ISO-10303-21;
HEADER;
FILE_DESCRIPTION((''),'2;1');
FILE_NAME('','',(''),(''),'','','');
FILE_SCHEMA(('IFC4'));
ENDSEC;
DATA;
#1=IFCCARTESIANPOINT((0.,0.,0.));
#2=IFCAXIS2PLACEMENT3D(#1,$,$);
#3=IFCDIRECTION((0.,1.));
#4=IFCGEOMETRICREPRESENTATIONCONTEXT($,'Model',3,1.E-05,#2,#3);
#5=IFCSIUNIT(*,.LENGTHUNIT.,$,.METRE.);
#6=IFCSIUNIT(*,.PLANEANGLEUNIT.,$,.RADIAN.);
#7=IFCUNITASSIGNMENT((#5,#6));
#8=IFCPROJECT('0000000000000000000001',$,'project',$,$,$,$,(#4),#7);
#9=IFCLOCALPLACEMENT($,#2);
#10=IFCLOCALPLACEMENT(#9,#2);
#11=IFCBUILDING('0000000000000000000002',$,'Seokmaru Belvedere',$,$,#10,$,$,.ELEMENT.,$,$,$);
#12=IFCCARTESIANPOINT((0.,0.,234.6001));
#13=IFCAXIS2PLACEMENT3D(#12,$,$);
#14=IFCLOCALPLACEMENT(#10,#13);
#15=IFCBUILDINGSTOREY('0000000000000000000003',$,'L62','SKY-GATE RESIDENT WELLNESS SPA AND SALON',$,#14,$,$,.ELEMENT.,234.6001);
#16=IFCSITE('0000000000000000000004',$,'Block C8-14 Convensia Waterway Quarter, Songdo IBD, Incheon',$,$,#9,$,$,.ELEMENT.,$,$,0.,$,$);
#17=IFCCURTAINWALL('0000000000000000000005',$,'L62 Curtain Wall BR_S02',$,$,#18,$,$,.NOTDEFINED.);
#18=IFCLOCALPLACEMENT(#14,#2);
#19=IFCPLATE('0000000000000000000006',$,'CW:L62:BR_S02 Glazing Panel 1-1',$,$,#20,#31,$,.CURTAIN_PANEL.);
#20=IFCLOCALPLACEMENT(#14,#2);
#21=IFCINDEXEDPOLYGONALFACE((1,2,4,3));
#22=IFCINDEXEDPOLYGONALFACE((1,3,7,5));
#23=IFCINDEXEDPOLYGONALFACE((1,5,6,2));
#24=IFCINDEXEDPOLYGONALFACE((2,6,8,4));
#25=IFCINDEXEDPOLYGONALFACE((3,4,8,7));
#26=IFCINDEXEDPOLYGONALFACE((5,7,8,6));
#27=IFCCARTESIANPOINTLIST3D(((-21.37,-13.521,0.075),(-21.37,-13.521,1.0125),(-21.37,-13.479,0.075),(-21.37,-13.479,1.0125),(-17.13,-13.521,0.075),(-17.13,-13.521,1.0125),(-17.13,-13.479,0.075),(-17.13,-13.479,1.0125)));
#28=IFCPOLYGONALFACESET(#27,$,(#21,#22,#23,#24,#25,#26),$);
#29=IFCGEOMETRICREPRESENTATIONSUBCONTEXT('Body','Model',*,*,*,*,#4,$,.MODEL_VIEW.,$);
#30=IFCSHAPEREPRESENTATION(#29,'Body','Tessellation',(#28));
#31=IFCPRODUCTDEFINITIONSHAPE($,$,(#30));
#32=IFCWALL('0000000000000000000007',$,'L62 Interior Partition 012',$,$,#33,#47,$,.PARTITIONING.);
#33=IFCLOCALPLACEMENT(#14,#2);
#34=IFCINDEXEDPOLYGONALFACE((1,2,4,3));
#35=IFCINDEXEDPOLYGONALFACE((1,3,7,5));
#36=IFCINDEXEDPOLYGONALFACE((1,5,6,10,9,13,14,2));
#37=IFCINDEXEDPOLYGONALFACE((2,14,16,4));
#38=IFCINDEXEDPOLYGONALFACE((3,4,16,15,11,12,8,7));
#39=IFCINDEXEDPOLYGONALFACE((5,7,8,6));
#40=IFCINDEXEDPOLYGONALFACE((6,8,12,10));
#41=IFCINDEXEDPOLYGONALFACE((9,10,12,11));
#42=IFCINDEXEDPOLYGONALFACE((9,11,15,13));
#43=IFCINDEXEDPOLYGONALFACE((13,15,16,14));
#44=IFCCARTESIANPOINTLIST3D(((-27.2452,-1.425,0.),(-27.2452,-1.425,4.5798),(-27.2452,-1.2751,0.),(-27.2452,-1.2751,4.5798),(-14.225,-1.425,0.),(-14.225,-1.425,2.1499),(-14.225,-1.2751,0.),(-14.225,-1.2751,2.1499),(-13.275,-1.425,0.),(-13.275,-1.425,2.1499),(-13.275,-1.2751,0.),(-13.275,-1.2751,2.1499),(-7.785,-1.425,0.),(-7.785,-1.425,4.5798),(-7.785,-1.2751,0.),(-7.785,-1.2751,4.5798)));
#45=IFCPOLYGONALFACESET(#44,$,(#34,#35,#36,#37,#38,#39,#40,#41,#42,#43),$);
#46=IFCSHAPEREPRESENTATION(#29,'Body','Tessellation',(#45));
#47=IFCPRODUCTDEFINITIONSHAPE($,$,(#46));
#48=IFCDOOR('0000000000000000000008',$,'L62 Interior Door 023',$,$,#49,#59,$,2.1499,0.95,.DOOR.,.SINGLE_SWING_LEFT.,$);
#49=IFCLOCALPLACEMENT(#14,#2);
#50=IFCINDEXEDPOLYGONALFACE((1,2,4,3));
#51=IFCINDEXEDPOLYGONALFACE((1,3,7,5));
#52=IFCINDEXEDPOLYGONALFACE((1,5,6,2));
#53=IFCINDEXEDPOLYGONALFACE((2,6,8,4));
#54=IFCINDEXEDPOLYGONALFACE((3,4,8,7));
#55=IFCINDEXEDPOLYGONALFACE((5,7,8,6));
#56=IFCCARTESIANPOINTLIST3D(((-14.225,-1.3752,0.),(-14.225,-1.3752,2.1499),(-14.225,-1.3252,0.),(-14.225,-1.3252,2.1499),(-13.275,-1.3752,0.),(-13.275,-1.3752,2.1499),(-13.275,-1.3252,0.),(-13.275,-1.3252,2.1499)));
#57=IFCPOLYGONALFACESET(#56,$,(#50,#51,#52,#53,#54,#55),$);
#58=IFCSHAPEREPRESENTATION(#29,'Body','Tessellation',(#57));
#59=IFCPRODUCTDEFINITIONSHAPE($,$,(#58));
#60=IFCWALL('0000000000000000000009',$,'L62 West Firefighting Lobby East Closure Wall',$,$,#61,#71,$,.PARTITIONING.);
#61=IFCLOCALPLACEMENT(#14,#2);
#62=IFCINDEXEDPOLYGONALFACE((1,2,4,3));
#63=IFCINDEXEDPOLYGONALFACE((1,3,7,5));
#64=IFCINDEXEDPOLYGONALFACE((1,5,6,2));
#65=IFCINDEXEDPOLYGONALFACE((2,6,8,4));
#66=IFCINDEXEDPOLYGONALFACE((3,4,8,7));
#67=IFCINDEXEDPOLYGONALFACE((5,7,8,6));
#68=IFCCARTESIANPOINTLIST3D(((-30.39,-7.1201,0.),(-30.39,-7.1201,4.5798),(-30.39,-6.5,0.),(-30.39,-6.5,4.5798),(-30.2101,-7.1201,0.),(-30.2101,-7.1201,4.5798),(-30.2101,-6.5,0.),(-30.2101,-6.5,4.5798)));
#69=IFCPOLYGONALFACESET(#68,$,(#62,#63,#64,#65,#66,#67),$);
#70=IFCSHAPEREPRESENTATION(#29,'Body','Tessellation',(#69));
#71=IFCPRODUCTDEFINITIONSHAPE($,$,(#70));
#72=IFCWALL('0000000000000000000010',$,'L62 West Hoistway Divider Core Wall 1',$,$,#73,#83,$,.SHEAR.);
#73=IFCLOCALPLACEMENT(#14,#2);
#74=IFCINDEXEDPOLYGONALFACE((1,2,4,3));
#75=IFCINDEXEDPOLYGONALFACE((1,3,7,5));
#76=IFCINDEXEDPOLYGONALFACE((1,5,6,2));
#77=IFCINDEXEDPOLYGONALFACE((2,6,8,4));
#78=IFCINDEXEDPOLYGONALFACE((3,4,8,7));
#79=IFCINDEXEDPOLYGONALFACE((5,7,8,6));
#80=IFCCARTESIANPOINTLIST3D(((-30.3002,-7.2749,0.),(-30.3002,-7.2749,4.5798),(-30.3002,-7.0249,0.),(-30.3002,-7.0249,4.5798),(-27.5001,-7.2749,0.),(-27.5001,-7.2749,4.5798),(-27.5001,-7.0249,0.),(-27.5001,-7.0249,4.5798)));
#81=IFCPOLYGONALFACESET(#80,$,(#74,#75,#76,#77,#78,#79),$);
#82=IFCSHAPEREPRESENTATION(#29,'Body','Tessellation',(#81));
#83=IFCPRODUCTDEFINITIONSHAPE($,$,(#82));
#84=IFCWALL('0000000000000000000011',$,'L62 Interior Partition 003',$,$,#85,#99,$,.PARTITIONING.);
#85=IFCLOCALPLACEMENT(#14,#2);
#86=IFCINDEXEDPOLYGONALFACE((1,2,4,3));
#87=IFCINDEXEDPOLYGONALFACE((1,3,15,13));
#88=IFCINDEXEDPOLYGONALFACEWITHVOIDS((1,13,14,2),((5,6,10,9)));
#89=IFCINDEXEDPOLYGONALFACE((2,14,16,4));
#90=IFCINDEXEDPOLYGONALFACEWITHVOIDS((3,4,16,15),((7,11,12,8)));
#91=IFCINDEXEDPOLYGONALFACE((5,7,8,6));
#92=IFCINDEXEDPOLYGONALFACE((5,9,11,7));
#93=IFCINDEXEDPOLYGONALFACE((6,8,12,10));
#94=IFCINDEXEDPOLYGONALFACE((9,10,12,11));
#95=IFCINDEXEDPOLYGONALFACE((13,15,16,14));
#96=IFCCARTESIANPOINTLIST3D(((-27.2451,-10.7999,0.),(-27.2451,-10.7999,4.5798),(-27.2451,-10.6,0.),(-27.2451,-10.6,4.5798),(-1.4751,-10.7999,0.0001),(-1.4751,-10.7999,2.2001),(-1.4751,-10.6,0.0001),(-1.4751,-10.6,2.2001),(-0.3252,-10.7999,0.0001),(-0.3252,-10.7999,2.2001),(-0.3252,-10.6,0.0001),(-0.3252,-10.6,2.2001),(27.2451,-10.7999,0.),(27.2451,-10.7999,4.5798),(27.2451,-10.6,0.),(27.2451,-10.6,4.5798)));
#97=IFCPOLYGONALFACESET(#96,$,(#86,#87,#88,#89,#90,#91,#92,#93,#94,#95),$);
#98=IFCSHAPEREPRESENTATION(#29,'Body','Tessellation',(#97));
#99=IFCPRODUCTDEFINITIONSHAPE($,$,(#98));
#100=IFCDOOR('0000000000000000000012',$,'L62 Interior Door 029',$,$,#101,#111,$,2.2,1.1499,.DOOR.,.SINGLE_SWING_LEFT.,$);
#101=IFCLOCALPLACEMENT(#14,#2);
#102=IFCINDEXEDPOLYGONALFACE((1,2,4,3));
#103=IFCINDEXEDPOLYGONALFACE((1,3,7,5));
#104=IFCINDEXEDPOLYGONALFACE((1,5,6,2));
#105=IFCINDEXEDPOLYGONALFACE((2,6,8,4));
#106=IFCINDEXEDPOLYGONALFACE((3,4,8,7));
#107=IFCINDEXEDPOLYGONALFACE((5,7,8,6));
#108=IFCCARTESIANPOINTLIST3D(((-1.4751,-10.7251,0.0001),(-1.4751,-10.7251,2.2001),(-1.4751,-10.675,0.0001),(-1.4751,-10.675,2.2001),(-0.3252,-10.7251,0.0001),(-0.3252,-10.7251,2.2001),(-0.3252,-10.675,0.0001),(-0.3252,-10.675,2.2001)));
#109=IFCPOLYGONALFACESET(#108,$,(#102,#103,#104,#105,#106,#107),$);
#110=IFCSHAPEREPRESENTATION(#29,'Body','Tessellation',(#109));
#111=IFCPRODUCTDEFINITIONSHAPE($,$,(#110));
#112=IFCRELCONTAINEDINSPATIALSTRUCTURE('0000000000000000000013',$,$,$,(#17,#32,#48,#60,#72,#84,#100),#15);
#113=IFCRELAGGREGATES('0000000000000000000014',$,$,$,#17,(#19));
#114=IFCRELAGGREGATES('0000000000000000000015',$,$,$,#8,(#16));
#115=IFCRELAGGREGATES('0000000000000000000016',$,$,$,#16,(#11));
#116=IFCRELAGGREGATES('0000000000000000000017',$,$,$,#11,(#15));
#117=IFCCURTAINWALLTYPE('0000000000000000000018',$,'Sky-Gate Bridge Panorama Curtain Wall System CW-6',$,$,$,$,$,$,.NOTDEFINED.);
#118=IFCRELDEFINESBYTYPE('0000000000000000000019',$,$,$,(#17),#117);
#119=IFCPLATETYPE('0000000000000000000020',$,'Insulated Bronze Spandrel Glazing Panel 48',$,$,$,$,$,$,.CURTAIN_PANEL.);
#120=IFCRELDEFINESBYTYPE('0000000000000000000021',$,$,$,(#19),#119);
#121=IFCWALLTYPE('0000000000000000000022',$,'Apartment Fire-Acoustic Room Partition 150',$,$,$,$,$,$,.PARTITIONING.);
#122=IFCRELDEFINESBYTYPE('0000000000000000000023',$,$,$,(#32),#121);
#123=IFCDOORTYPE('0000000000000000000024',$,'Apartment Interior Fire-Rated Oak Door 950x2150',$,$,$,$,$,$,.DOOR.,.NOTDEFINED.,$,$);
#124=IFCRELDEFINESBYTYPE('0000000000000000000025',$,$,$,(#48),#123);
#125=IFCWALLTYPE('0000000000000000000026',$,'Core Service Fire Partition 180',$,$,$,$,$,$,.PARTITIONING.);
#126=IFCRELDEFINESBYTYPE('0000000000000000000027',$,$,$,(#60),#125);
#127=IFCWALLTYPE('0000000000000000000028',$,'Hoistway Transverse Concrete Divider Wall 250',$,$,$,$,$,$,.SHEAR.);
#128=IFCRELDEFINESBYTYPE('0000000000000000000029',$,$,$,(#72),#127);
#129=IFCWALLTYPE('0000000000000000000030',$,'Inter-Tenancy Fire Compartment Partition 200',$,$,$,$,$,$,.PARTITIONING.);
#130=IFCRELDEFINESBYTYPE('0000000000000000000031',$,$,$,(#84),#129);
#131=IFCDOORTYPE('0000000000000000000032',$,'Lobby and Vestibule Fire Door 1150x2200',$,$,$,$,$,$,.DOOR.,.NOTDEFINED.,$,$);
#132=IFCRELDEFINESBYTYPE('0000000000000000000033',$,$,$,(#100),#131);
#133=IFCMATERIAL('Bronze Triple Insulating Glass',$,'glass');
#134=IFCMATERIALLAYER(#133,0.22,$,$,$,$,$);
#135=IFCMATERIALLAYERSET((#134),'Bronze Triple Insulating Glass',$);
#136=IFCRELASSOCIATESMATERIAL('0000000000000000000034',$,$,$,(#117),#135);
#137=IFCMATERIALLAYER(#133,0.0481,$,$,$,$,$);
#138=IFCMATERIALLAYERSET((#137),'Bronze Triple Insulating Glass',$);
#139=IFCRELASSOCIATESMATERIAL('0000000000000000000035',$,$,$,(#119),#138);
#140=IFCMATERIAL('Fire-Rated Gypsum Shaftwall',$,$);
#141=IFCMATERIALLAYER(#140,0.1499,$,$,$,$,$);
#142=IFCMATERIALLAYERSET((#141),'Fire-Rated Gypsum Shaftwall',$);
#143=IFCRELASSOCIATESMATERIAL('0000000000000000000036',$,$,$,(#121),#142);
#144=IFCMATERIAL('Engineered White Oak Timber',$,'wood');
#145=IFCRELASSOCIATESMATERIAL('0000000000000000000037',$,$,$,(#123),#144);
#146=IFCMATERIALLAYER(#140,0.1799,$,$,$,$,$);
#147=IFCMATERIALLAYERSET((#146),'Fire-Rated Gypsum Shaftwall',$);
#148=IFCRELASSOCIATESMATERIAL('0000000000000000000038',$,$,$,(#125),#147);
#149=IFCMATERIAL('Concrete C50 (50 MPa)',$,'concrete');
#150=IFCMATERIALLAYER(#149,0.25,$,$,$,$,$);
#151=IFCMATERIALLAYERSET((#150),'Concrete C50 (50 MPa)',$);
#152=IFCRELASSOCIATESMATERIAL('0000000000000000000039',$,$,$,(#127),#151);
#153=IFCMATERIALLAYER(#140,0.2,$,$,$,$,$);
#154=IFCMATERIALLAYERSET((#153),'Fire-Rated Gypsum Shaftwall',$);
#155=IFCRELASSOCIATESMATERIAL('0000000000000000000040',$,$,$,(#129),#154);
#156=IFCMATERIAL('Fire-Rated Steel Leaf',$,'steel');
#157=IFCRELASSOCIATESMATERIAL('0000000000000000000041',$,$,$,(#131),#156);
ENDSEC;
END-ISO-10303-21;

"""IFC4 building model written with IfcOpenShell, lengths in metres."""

from ifc_helpers import new_model, si_unit, direction, frame, frame_2d, origin, origin_2d, place, context, subcontext, project, spatial, rectangle, extrude, source, transform, mapped, material, layer, layer_set, type_object, type_shapes, element, fill, aggregate, save


model = new_model("IFC4")

# Units and contexts
model_context = context("Model", 3, precision=1e-05, world=origin(), true_north=direction((0.0, 1.0)))
body_context = subcontext(model_context, "Body", "Model", "MODEL_VIEW")
ifc_project = project(units=[si_unit("LENGTHUNIT", "METRE"), si_unit("PLANEANGLEUNIT", "RADIAN")], contexts=[model_context])

# Site, building, storey
site_placement = place(None, origin())
site = spatial("IfcSite", under=ifc_project, at=site_placement, Name="Block C8-14 Convensia Waterway Quarter, Songdo IBD, Incheon", CompositionType="ELEMENT", RefElevation=0.0)
building_placement = place(site_placement, origin())
building = spatial("IfcBuilding", under=site, at=building_placement, Name="Seokmaru Belvedere", CompositionType="ELEMENT")
storey_placement = place(building_placement, frame((0.0, 0.0, 234.6001)))
storey = spatial("IfcBuildingStorey", under=building, at=storey_placement, Name="L62", Description="SKY-GATE RESIDENT WELLNESS SPA AND SALON", CompositionType="ELEMENT", Elevation=234.6001)

# Curtain wall, plate
ifc_material_1 = material(Name="Bronze Triple Insulating Glass", Category="glass")
ifc_layer_1 = layer(ifc_material_1, 0.22)
ifc_layer_set_1 = layer_set([ifc_layer_1], Name="Bronze Triple Insulating Glass")
curtain_wall_type = type_object("IfcCurtainWallType", Name="Sky-Gate Bridge Panorama Curtain Wall System CW-6", PredefinedType="NOTDEFINED", material=ifc_layer_set_1)
curtain_wall_placement = place(storey_placement, origin())
curtain_wall = element("IfcCurtainWall", 1, at=curtain_wall_placement, inside=storey, type_object=curtain_wall_type, Name="L62 Curtain Wall BR_S02", PredefinedType="NOTDEFINED")
ifc_layer_2 = layer(ifc_material_1, 0.0481)
ifc_layer_set_2 = layer_set([ifc_layer_2], Name="Bronze Triple Insulating Glass")
plate_type = type_object("IfcPlateType", Name="Insulated Bronze Spandrel Glazing Panel 48", PredefinedType="CURTAIN_PANEL", material=ifc_layer_set_2)
shared_shape_1 = source(origin(), body_context, "Body", "SweptSolid", [
    extrude(rectangle(XDim=4.24, YDim=0.042, at=origin_2d()), origin(), (0.0, 0.0, 1.0), 0.9375),
])
type_shapes(plate_type, [shared_shape_1])
plate_placement = place(storey_placement, frame((-19.25, -13.5, 0.075), z_axis=(0.0, 0.0, 1.0), x_axis=(1.0, 0.0, 0.0)))
plate = element("IfcPlate", 2, at=plate_placement, type_object=plate_type, Name="CW:L62:BR_S02 Glazing Panel 1-1", PredefinedType="CURTAIN_PANEL", context=body_context, shape_type="MappedRepresentation", body=[
    mapped(shared_shape_1, transform((0.0, 0.0, 0.0), scale=1.0)),
])
aggregate(curtain_wall, [plate])

# Wall, opening, door
ifc_material_2 = material(Name="Fire-Rated Gypsum Shaftwall")
ifc_layer_3 = layer(ifc_material_2, 0.1499)
ifc_layer_set_3 = layer_set([ifc_layer_3], Name="Fire-Rated Gypsum Shaftwall")
wall_type_1 = type_object("IfcWallType", Name="Apartment Fire-Acoustic Room Partition 150", PredefinedType="PARTITIONING", material=ifc_layer_set_3)
wall_1_placement = place(storey_placement, frame((-27.2451, -1.3501, 0.0), z_axis=(0.0, 0.0, 1.0), x_axis=(1.0, 0.0, 0.0)))
wall_1 = element("IfcWall", 3, at=wall_1_placement, inside=storey, type_object=wall_type_1, Name="L62 Interior Partition 012", PredefinedType="PARTITIONING", context=body_context, shape_type="SweptSolid", body=[
    extrude(rectangle(XDim=19.4602, YDim=0.1499, at=frame_2d((9.73, 0.0))), origin(), (0.0, 0.0, 1.0), 4.5798),
])
opening_1_placement = place(wall_1_placement, frame((13.02, 0.0, 0.0)))
opening_1 = element("IfcOpeningElement", 4, at=opening_1_placement, cuts=wall_1, PredefinedType="OPENING", context=body_context, shape_type="SweptSolid", body=[
    extrude(rectangle(XDim=0.95, YDim=2.1499, at=frame_2d((0.4751, 1.075))), frame((0.0, 0.085, 0.0), z_axis=(0.0, -1.0, 0.0), x_axis=(1.0, 0.0, 0.0)), (0.0, 0.0, 1.0), 0.1699),
])
ifc_material_3 = material(Name="Engineered White Oak Timber", Category="wood")
door_type_1 = type_object("IfcDoorType", Name="Apartment Interior Fire-Rated Oak Door 950x2150", OperationType="NOTDEFINED", PredefinedType="DOOR", material=ifc_material_3)
shared_shape_2 = source(origin(), body_context, "Body", "SweptSolid", [
    extrude(rectangle(XDim=0.95, YDim=2.1499, at=frame_2d((0.4751, 1.075))), frame((0.0, 0.0249, 0.0), z_axis=(0.0, -1.0, 0.0), x_axis=(1.0, 0.0, 0.0)), (0.0, 0.0, 1.0), 0.05),
])
type_shapes(door_type_1, [shared_shape_2])
door_1_placement = place(opening_1_placement, origin())
door_1 = element("IfcDoor", 5, at=door_1_placement, inside=storey, type_object=door_type_1, Name="L62 Interior Door 023", OperationType="SINGLE_SWING_LEFT", OverallHeight=2.1499, OverallWidth=0.95, PredefinedType="DOOR", context=body_context, shape_type="MappedRepresentation", body=[
    mapped(shared_shape_2, transform((0.0, 0.0, 0.0), scale=1.0)),
])
fill(opening_1, door_1)

# Walls
ifc_layer_4 = layer(ifc_material_2, 0.1799)
ifc_layer_set_4 = layer_set([ifc_layer_4], Name="Fire-Rated Gypsum Shaftwall")
wall_type_2 = type_object("IfcWallType", Name="Core Service Fire Partition 180", PredefinedType="PARTITIONING", material=ifc_layer_set_4)
wall_2_placement = place(storey_placement, frame((-30.3, -7.1201, 0.0), z_axis=(0.0, 0.0, 1.0), x_axis=(0.0, 1.0, 0.0)))
element("IfcWall", 6, at=wall_2_placement, inside=storey, type_object=wall_type_2, Name="L62 West Firefighting Lobby East Closure Wall", PredefinedType="PARTITIONING", context=body_context, shape_type="SweptSolid", body=[
    extrude(rectangle(XDim=0.6201, YDim=0.1799, at=frame_2d((0.3101, 0.0))), origin(), (0.0, 0.0, 1.0), 4.5798),
])
ifc_material_4 = material(Name="Concrete C50 (50 MPa)", Category="concrete")
ifc_layer_5 = layer(ifc_material_4, 0.25)
ifc_layer_set_5 = layer_set([ifc_layer_5], Name="Concrete C50 (50 MPa)")
wall_type_3 = type_object("IfcWallType", Name="Hoistway Transverse Concrete Divider Wall 250", PredefinedType="SHEAR", material=ifc_layer_set_5)
wall_3_placement = place(storey_placement, frame((-30.3, -7.1499, 0.0), z_axis=(0.0, 0.0, 1.0), x_axis=(1.0, 0.0, 0.0)))
element("IfcWall", 7, at=wall_3_placement, inside=storey, type_object=wall_type_3, Name="L62 West Hoistway Divider Core Wall 1", PredefinedType="SHEAR", context=body_context, shape_type="SweptSolid", body=[
    extrude(rectangle(XDim=2.8, YDim=0.25, at=frame_2d((1.3999, 0.0))), origin(), (0.0, 0.0, 1.0), 4.5798),
])

# Wall, opening, door
ifc_layer_6 = layer(ifc_material_2, 0.2)
ifc_layer_set_6 = layer_set([ifc_layer_6], Name="Fire-Rated Gypsum Shaftwall")
wall_type_4 = type_object("IfcWallType", Name="Inter-Tenancy Fire Compartment Partition 200", PredefinedType="PARTITIONING", material=ifc_layer_set_6)
wall_4_placement = place(storey_placement, frame((-27.2451, -10.7, 0.0), z_axis=(0.0, 0.0, 1.0), x_axis=(1.0, 0.0, 0.0)))
wall_4 = element("IfcWall", 8, at=wall_4_placement, inside=storey, type_object=wall_type_4, Name="L62 Interior Partition 003", PredefinedType="PARTITIONING", context=body_context, shape_type="SweptSolid", body=[
    extrude(rectangle(XDim=54.4902, YDim=0.2, at=frame_2d((27.2451, 0.0))), origin(), (0.0, 0.0, 1.0), 4.5798),
])
opening_2_placement = place(wall_4_placement, frame((25.77, 0.0, 0.0)))
opening_2 = element("IfcOpeningElement", 9, at=opening_2_placement, cuts=wall_4, PredefinedType="OPENING", context=body_context, shape_type="SweptSolid", body=[
    extrude(rectangle(XDim=1.1499, YDim=2.2, at=frame_2d((0.575, 1.1001))), frame((0.0, 0.1099, 0.0), z_axis=(0.0, -1.0, 0.0), x_axis=(1.0, 0.0, 0.0)), (0.0, 0.0, 1.0), 0.22),
])
ifc_material_5 = material(Name="Fire-Rated Steel Leaf", Category="steel")
door_type_2 = type_object("IfcDoorType", Name="Lobby and Vestibule Fire Door 1150x2200", OperationType="NOTDEFINED", PredefinedType="DOOR", material=ifc_material_5)
shared_shape_3 = source(origin(), body_context, "Body", "SweptSolid", [
    extrude(rectangle(XDim=1.1499, YDim=2.2, at=frame_2d((0.575, 1.1001))), frame((0.0, 0.0249, 0.0), z_axis=(0.0, -1.0, 0.0), x_axis=(1.0, 0.0, 0.0)), (0.0, 0.0, 1.0), 0.05),
])
type_shapes(door_type_2, [shared_shape_3])
door_2_placement = place(opening_2_placement, origin())
door_2 = element("IfcDoor", 10, at=door_2_placement, inside=storey, type_object=door_type_2, Name="L62 Interior Door 029", OperationType="SINGLE_SWING_LEFT", OverallHeight=2.2, OverallWidth=1.1499, PredefinedType="DOOR", context=body_context, shape_type="MappedRepresentation", body=[
    mapped(shared_shape_3, transform((0.0, 0.0, 0.0), scale=1.0)),
])
fill(opening_2, door_2)

save(model, "model.ifc")
